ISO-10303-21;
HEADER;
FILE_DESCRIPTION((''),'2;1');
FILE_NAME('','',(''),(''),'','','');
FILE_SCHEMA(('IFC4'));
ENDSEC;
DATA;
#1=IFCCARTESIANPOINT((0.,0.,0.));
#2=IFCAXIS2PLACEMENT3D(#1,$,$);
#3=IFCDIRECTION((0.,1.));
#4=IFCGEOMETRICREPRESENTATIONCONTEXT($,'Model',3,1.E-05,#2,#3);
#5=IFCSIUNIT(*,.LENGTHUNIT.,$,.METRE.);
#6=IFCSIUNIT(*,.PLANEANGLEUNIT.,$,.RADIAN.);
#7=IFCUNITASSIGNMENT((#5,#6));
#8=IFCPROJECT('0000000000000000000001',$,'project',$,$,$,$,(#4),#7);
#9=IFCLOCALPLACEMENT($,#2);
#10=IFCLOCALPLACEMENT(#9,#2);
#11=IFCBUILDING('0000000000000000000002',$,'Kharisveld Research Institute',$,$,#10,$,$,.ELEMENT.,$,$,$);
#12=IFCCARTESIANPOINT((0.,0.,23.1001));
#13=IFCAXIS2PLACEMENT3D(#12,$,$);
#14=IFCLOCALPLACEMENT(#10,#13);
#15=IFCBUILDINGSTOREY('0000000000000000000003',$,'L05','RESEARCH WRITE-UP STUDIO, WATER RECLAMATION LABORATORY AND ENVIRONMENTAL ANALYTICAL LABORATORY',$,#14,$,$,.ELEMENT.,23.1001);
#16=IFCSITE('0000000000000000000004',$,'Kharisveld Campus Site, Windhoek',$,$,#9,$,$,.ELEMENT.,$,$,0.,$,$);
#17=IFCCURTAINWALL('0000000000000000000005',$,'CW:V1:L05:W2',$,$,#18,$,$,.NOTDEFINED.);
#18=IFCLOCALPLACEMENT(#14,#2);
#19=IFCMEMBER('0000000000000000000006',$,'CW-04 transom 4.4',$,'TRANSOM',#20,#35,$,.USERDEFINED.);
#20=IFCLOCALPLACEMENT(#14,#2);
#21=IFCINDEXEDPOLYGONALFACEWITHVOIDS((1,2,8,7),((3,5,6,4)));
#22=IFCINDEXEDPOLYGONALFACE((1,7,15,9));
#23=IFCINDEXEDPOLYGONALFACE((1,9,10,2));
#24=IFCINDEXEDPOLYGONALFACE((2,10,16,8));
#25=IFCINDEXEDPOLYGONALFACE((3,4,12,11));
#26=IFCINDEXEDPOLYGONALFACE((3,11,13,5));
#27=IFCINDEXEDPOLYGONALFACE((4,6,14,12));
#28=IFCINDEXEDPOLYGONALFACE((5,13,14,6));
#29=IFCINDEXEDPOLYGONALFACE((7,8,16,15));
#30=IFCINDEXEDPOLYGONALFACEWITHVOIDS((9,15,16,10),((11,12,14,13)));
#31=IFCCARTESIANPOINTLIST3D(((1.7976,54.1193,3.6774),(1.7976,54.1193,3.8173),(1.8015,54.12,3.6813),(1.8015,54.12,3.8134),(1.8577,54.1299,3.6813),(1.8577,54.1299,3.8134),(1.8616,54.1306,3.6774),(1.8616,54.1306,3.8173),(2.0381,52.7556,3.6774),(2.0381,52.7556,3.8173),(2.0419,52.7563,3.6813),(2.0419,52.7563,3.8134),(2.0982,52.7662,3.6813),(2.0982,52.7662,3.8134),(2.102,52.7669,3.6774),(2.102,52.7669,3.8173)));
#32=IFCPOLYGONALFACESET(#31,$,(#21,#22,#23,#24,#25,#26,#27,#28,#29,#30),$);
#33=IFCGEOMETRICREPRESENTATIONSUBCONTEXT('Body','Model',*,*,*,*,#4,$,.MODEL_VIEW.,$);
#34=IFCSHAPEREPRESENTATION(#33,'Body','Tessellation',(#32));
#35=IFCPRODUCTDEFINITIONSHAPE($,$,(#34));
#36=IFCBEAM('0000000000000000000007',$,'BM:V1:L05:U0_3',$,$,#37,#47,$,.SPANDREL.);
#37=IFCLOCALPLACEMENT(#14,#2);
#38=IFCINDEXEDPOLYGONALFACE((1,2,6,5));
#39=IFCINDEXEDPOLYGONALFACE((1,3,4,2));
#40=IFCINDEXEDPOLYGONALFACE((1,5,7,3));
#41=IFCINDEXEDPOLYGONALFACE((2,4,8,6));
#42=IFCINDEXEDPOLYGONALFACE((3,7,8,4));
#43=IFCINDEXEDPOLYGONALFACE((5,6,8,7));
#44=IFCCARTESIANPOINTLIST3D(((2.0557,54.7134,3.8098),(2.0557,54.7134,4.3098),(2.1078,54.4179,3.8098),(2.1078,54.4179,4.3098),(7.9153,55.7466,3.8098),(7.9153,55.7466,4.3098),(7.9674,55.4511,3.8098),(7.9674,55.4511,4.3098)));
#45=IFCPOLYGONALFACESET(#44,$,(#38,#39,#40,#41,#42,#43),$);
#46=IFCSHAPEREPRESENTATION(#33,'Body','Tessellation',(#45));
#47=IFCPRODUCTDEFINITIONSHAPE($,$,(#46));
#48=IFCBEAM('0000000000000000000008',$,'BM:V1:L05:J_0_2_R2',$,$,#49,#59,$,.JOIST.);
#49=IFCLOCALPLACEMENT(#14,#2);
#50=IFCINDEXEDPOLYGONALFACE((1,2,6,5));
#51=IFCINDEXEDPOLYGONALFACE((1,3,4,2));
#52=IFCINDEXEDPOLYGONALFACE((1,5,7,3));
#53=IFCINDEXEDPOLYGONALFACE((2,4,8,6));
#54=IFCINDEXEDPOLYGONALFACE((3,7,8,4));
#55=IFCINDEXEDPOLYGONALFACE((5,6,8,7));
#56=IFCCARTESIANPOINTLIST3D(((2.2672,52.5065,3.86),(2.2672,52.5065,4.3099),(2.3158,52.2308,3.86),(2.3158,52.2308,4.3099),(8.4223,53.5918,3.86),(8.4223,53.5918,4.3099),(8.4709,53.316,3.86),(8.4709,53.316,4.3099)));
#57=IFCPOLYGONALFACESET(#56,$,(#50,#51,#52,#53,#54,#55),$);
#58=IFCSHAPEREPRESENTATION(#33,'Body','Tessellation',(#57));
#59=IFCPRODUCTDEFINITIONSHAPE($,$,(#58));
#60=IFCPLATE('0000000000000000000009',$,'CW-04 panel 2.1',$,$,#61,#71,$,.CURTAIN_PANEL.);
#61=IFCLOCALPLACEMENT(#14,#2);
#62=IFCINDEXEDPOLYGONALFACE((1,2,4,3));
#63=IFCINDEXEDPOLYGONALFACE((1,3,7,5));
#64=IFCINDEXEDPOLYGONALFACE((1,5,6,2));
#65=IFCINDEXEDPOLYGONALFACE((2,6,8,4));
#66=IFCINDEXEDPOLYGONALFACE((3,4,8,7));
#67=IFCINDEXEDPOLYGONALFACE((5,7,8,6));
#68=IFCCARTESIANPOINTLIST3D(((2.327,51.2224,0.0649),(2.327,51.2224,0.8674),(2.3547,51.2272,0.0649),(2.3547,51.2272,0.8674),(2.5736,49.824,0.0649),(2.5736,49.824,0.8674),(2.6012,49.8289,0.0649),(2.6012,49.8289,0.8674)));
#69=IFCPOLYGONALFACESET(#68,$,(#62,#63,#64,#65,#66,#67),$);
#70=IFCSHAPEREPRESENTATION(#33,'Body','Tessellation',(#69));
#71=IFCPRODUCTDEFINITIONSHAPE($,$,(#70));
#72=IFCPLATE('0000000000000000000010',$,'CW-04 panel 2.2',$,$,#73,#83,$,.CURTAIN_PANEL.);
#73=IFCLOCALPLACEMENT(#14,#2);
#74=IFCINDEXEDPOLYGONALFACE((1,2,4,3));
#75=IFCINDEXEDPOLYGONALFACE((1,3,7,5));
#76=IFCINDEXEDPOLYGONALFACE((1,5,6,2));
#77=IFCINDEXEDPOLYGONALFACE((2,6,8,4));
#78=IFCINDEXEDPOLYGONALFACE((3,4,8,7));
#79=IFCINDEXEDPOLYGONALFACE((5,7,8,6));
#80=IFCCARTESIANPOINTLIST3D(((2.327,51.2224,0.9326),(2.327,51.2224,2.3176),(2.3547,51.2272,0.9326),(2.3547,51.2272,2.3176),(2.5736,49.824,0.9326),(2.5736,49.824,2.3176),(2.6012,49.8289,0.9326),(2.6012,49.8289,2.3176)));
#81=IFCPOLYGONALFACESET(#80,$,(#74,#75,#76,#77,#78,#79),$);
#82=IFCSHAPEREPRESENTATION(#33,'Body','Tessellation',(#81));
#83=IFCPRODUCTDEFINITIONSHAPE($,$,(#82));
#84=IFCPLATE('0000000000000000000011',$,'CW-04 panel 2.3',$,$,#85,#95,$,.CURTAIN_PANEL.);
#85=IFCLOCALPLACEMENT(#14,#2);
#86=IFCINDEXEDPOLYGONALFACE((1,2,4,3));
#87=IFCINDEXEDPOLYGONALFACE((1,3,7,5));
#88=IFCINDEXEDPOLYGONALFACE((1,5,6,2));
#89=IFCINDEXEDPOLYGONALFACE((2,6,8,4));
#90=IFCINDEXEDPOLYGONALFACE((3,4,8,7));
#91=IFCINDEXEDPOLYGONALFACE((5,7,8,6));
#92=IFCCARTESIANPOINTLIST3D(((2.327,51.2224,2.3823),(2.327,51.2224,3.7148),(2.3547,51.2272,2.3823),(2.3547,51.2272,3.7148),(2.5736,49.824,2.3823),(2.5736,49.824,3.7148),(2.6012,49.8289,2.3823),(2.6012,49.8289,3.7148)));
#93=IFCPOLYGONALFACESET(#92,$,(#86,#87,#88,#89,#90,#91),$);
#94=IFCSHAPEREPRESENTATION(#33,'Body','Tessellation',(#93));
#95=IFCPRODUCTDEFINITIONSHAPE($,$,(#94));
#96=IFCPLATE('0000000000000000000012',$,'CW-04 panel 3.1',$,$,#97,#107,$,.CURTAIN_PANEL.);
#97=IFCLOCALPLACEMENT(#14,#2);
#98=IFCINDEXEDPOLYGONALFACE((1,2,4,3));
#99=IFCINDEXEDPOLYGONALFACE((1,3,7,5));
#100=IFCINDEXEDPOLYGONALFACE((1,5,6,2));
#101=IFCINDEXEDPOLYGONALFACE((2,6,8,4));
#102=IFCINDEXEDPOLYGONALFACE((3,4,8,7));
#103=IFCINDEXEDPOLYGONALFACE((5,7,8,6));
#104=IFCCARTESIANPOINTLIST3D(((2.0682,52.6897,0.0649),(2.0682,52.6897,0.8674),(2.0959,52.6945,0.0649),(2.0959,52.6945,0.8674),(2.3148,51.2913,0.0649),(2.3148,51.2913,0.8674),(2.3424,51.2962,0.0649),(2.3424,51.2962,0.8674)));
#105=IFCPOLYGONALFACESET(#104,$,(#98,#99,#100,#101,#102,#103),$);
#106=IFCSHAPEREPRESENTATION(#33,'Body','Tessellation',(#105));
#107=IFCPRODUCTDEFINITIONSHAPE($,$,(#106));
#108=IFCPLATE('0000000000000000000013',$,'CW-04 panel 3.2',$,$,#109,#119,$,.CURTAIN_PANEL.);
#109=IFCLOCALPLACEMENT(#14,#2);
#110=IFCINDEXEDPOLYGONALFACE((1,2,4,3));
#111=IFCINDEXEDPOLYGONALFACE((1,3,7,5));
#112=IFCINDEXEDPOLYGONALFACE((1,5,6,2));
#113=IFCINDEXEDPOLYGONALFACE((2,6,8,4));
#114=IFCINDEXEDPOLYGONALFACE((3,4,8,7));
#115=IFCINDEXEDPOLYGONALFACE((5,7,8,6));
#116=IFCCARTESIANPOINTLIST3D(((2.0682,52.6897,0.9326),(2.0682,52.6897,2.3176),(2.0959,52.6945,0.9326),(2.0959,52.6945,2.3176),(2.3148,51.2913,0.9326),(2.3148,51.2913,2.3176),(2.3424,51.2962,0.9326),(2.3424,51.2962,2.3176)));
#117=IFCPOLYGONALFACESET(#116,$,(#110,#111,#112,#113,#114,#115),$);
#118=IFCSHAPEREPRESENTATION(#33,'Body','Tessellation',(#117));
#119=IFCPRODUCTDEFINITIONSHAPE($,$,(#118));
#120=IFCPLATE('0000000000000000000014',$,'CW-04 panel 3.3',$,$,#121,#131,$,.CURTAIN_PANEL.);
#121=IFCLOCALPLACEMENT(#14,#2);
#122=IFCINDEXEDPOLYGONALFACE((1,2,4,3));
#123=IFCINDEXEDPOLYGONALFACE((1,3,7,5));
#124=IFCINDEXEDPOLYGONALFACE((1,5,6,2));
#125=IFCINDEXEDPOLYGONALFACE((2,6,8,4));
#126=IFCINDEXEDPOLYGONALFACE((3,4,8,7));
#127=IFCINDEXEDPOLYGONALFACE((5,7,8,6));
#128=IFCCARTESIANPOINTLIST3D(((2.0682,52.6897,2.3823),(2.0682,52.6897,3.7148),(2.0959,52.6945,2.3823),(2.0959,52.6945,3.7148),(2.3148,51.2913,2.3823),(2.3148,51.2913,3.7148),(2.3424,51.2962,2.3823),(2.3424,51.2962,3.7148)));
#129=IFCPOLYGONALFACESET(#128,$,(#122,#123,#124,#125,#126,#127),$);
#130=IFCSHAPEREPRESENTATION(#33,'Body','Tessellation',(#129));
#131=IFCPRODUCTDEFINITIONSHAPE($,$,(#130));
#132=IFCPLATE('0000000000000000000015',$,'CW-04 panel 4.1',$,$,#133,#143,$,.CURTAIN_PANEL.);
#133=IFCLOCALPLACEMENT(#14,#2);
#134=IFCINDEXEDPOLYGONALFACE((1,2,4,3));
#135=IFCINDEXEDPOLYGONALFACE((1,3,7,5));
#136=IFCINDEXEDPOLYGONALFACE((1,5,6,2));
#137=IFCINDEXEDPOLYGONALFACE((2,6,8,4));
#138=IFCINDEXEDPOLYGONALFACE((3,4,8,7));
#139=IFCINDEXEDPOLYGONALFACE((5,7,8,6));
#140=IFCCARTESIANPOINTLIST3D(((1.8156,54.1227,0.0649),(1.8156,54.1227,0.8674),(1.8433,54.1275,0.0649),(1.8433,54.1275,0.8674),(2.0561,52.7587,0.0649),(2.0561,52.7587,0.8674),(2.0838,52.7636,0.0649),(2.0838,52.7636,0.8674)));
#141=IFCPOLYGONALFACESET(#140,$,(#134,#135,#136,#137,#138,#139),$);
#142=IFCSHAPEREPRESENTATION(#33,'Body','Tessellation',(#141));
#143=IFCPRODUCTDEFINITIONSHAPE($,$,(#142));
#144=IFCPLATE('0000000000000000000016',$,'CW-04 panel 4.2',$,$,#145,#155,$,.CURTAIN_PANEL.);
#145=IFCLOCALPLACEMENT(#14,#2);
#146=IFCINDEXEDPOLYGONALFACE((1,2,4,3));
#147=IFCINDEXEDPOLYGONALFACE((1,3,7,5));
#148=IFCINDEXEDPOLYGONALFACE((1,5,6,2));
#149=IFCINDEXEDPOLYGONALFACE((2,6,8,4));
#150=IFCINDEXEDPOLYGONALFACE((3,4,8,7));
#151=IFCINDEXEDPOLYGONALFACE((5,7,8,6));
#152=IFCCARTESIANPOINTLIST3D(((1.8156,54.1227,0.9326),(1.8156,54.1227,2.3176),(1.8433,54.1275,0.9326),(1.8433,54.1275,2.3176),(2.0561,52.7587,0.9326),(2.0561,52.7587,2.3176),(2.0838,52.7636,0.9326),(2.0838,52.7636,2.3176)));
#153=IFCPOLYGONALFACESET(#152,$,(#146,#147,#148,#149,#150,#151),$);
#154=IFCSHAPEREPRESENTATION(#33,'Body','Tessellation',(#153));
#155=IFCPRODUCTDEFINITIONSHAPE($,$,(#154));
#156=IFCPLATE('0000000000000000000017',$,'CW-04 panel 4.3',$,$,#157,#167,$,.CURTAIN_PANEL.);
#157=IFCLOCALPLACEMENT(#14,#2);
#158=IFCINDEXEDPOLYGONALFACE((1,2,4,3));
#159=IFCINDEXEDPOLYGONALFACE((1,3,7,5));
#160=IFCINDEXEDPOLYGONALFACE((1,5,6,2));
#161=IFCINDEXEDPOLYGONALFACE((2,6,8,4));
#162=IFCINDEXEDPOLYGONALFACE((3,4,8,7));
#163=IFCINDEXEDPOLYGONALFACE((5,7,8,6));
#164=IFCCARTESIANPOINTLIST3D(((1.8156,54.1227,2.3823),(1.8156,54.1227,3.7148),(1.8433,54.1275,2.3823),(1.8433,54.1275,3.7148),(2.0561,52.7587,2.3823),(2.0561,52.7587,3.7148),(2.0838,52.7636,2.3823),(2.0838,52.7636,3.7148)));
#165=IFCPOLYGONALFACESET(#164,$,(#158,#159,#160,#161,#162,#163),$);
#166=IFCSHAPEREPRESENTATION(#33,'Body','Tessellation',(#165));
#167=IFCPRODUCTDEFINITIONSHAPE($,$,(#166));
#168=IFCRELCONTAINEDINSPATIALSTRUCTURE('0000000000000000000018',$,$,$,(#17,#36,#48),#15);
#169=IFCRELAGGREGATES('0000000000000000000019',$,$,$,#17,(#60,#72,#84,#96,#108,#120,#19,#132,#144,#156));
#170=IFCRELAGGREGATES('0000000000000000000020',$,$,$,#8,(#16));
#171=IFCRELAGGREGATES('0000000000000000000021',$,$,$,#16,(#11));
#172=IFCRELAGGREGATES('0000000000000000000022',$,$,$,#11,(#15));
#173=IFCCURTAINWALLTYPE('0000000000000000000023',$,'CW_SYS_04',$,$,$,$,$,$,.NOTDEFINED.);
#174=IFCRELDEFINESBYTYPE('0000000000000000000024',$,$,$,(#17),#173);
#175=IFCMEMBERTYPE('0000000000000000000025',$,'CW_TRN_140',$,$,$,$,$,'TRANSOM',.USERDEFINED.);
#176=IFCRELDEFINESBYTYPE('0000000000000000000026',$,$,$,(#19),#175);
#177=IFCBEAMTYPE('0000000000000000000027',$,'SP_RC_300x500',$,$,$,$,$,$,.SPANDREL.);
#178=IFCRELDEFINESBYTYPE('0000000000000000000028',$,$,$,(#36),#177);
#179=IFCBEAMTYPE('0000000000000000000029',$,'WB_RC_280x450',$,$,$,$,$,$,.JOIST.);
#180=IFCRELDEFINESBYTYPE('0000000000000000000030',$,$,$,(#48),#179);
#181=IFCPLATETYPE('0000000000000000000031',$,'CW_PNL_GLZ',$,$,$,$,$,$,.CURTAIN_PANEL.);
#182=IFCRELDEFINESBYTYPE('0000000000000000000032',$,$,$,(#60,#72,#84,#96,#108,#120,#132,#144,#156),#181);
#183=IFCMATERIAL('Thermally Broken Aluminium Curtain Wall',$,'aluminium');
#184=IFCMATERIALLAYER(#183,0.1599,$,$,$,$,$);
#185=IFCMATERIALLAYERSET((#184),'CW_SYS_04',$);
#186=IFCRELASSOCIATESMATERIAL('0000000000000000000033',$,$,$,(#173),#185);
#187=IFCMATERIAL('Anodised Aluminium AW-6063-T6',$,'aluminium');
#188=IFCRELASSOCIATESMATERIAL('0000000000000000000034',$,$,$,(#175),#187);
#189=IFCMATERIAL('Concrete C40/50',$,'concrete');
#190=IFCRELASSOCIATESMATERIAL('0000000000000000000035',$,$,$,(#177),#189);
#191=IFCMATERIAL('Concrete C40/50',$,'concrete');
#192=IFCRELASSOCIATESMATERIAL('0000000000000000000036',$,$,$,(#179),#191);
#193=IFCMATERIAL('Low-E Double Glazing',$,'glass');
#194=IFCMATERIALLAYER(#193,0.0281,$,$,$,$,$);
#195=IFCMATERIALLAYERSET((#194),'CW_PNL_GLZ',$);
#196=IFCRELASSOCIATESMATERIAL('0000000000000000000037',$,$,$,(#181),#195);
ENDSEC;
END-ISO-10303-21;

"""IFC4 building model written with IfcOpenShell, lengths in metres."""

from ifc_helpers import new_model, si_unit, direction, frame, origin, origin_2d, place, context, subcontext, project, spatial, rectangle, hollow_rectangle, extrude, material, layer, layer_set, material_profile, profile_set, type_object, element, aggregate, save


model = new_model("IFC4")

# Units and contexts
model_context = context("Model", 3, precision=1e-05, world=origin(), true_north=direction((0.0, 1.0)))
body_context = subcontext(model_context, "Body", "Model", "MODEL_VIEW")
ifc_project = project(units=[si_unit("LENGTHUNIT", "METRE"), si_unit("PLANEANGLEUNIT", "RADIAN")], contexts=[model_context])

# Site, building, storey
site_placement = place(None, origin())
site = spatial("IfcSite", under=ifc_project, at=site_placement, Name="Kharisveld Campus Site, Windhoek", CompositionType="ELEMENT", RefElevation=0.0)
building_placement = place(site_placement, origin())
building = spatial("IfcBuilding", under=site, at=building_placement, Name="Kharisveld Research Institute", CompositionType="ELEMENT")
storey_placement = place(building_placement, frame((0.0, 0.0, 23.1001)))
storey = spatial("IfcBuildingStorey", under=building, at=storey_placement, Name="L05", Description="RESEARCH WRITE-UP STUDIO, WATER RECLAMATION LABORATORY AND ENVIRONMENTAL ANALYTICAL LABORATORY", CompositionType="ELEMENT", Elevation=23.1001)

# Curtain wall, member
ifc_material_1 = material(Name="Thermally Broken Aluminium Curtain Wall", Category="aluminium")
ifc_layer_1 = layer(ifc_material_1, 0.1599)
ifc_layer_set_1 = layer_set([ifc_layer_1], Name="CW_SYS_04")
curtain_wall_type = type_object("IfcCurtainWallType", Name="CW_SYS_04", PredefinedType="NOTDEFINED", material=ifc_layer_set_1)
curtain_wall_placement = place(storey_placement, origin())
curtain_wall = element("IfcCurtainWall", 1, at=curtain_wall_placement, inside=storey, type_object=curtain_wall_type, Name="CW:V1:L05:W2", PredefinedType="NOTDEFINED")
ifc_material_2 = material(Name="Anodised Aluminium AW-6063-T6", Category="aluminium")
ifc_material_profile_1 = material_profile(ifc_material_2, hollow_rectangle(XDim=0.0649, YDim=0.1399, WallThickness=0.0039, at=origin_2d()))
ifc_profile_set_1 = profile_set([ifc_material_profile_1], Name="Anodised Aluminium AW-6063-T6")
member_type_1 = type_object("IfcMemberType", Name="CW_TRN_140", ElementType="TRANSOM", PredefinedType="USERDEFINED", material=ifc_profile_set_1)
member_1_placement = place(storey_placement, frame((2.0701, 52.7612, 3.7473), z_axis=(-0.173655, 0.984807, 0.0), x_axis=(-0.984807, -0.173655, 0.0)))
member_1 = element("IfcMember", 2, at=member_1_placement, type_object=member_type_1, Name="CW-04 transom 4.4", ObjectType="TRANSOM", PredefinedType="USERDEFINED", context=body_context, shape_type="SweptSolid", body=[
    extrude(hollow_rectangle(XDim=0.0649, YDim=0.1399, WallThickness=0.0039, at=origin_2d()), origin(), (0.0, 0.0, 1.0), 1.3848),
])

# Beams
ifc_material_3 = material(Name="Concrete C40/50", Category="concrete")
ifc_material_profile_2 = material_profile(ifc_material_3, rectangle(XDim=0.3, YDim=0.5, at=origin_2d()))
ifc_profile_set_2 = profile_set([ifc_material_profile_2], Name="Concrete C40/50")
beam_type_1 = type_object("IfcBeamType", Name="SP_RC_300x500", PredefinedType="SPANDREL", material=ifc_profile_set_2)
beam_1_placement = place(storey_placement, frame((2.0818, 54.5657, 4.0598), z_axis=(0.984808, 0.173647, 0.0), x_axis=(-0.173647, 0.984808, 0.0)))
element("IfcBeam", 3, at=beam_1_placement, inside=storey, type_object=beam_type_1, Name="BM:V1:L05:U0_3", PredefinedType="SPANDREL", context=body_context, shape_type="SweptSolid", body=[
    extrude(rectangle(XDim=0.3, YDim=0.5, at=origin_2d()), origin(), (0.0, 0.0, 1.0), 5.95),
])
ifc_material_4 = material(Name="Concrete C40/50", Category="concrete")
ifc_material_profile_3 = material_profile(ifc_material_4, rectangle(XDim=0.28, YDim=0.45, at=origin_2d()))
ifc_profile_set_3 = profile_set([ifc_material_profile_3], Name="Concrete C40/50")
beam_type_2 = type_object("IfcBeamType", Name="WB_RC_280x450", PredefinedType="JOIST", material=ifc_profile_set_3)
beam_2_placement = place(storey_placement, frame((2.2915, 52.3687, 4.085), z_axis=(0.98481, 0.173634, 0.0), x_axis=(-0.173634, 0.98481, 0.0)))
element("IfcBeam", 4, at=beam_2_placement, inside=storey, type_object=beam_type_2, Name="BM:V1:L05:J_0_2_R2", PredefinedType="JOIST", context=body_context, shape_type="SweptSolid", body=[
    extrude(rectangle(XDim=0.28, YDim=0.45, at=origin_2d()), origin(), (0.0, 0.0, 1.0), 6.25),
])

# Plates
ifc_material_5 = material(Name="Low-E Double Glazing", Category="glass")
ifc_layer_2 = layer(ifc_material_5, 0.0281)
ifc_layer_set_2 = layer_set([ifc_layer_2], Name="CW_PNL_GLZ")
plate_type = type_object("IfcPlateType", Name="CW_PNL_GLZ", PredefinedType="CURTAIN_PANEL", material=ifc_layer_set_2)
plate_1_placement = place(storey_placement, frame((2.4641, 50.5256, 0.0649), z_axis=(0.0, 0.0, 1.0), x_axis=(-0.173648, 0.984808, 0.0)))
plate_1 = element("IfcPlate", 5, at=plate_1_placement, type_object=plate_type, Name="CW-04 panel 2.1", PredefinedType="CURTAIN_PANEL", context=body_context, shape_type="SweptSolid", body=[
    extrude(rectangle(XDim=1.4199, YDim=0.0281, at=origin_2d()), origin(), (0.0, 0.0, 1.0), 0.8025),
])
plate_2_placement = place(storey_placement, frame((2.4641, 50.5256, 0.9326), z_axis=(0.0, 0.0, 1.0), x_axis=(-0.173648, 0.984808, 0.0)))
plate_2 = element("IfcPlate", 6, at=plate_2_placement, type_object=plate_type, Name="CW-04 panel 2.2", PredefinedType="CURTAIN_PANEL", context=body_context, shape_type="SweptSolid", body=[
    extrude(rectangle(XDim=1.4199, YDim=0.0281, at=origin_2d()), origin(), (0.0, 0.0, 1.0), 1.385),
])
plate_3_placement = place(storey_placement, frame((2.4641, 50.5256, 2.3823), z_axis=(0.0, 0.0, 1.0), x_axis=(-0.173648, 0.984808, 0.0)))
plate_3 = element("IfcPlate", 7, at=plate_3_placement, type_object=plate_type, Name="CW-04 panel 2.3", PredefinedType="CURTAIN_PANEL", context=body_context, shape_type="SweptSolid", body=[
    extrude(rectangle(XDim=1.4199, YDim=0.0281, at=origin_2d()), origin(), (0.0, 0.0, 1.0), 1.3325),
])
plate_4_placement = place(storey_placement, frame((2.2053, 51.9929, 0.0649), z_axis=(0.0, 0.0, 1.0), x_axis=(-0.173648, 0.984808, 0.0)))
plate_4 = element("IfcPlate", 8, at=plate_4_placement, type_object=plate_type, Name="CW-04 panel 3.1", PredefinedType="CURTAIN_PANEL", context=body_context, shape_type="SweptSolid", body=[
    extrude(rectangle(XDim=1.4199, YDim=0.0281, at=origin_2d()), origin(), (0.0, 0.0, 1.0), 0.8025),
])
plate_5_placement = place(storey_placement, frame((2.2053, 51.9929, 0.9326), z_axis=(0.0, 0.0, 1.0), x_axis=(-0.173648, 0.984808, 0.0)))
plate_5 = element("IfcPlate", 9, at=plate_5_placement, type_object=plate_type, Name="CW-04 panel 3.2", PredefinedType="CURTAIN_PANEL", context=body_context, shape_type="SweptSolid", body=[
    extrude(rectangle(XDim=1.4199, YDim=0.0281, at=origin_2d()), origin(), (0.0, 0.0, 1.0), 1.385),
])
plate_6_placement = place(storey_placement, frame((2.2053, 51.9929, 2.3823), z_axis=(0.0, 0.0, 1.0), x_axis=(-0.173648, 0.984808, 0.0)))
plate_6 = element("IfcPlate", 10, at=plate_6_placement, type_object=plate_type, Name="CW-04 panel 3.3", PredefinedType="CURTAIN_PANEL", context=body_context, shape_type="SweptSolid", body=[
    extrude(rectangle(XDim=1.4199, YDim=0.0281, at=origin_2d()), origin(), (0.0, 0.0, 1.0), 1.3325),
])
plate_7_placement = place(storey_placement, frame((1.9497, 53.4431, 0.0649), z_axis=(0.0, 0.0, 1.0), x_axis=(-0.173648, 0.984808, 0.0)))
plate_7 = element("IfcPlate", 11, at=plate_7_placement, type_object=plate_type, Name="CW-04 panel 4.1", PredefinedType="CURTAIN_PANEL", context=body_context, shape_type="SweptSolid", body=[
    extrude(rectangle(XDim=1.385, YDim=0.0281, at=origin_2d()), origin(), (0.0, 0.0, 1.0), 0.8025),
])
plate_8_placement = place(storey_placement, frame((1.9497, 53.4431, 0.9326), z_axis=(0.0, 0.0, 1.0), x_axis=(-0.173648, 0.984808, 0.0)))
plate_8 = element("IfcPlate", 12, at=plate_8_placement, type_object=plate_type, Name="CW-04 panel 4.2", PredefinedType="CURTAIN_PANEL", context=body_context, shape_type="SweptSolid", body=[
    extrude(rectangle(XDim=1.385, YDim=0.0281, at=origin_2d()), origin(), (0.0, 0.0, 1.0), 1.385),
])
plate_9_placement = place(storey_placement, frame((1.9497, 53.4431, 2.3823), z_axis=(0.0, 0.0, 1.0), x_axis=(-0.173648, 0.984808, 0.0)))
plate_9 = element("IfcPlate", 13, at=plate_9_placement, type_object=plate_type, Name="CW-04 panel 4.3", PredefinedType="CURTAIN_PANEL", context=body_context, shape_type="SweptSolid", body=[
    extrude(rectangle(XDim=1.385, YDim=0.0281, at=origin_2d()), origin(), (0.0, 0.0, 1.0), 1.3325),
])
aggregate(curtain_wall, [plate_1, plate_2, plate_3, plate_4, plate_5, plate_6, member_1, plate_7, plate_8, plate_9])

save(model, "model.ifc")
